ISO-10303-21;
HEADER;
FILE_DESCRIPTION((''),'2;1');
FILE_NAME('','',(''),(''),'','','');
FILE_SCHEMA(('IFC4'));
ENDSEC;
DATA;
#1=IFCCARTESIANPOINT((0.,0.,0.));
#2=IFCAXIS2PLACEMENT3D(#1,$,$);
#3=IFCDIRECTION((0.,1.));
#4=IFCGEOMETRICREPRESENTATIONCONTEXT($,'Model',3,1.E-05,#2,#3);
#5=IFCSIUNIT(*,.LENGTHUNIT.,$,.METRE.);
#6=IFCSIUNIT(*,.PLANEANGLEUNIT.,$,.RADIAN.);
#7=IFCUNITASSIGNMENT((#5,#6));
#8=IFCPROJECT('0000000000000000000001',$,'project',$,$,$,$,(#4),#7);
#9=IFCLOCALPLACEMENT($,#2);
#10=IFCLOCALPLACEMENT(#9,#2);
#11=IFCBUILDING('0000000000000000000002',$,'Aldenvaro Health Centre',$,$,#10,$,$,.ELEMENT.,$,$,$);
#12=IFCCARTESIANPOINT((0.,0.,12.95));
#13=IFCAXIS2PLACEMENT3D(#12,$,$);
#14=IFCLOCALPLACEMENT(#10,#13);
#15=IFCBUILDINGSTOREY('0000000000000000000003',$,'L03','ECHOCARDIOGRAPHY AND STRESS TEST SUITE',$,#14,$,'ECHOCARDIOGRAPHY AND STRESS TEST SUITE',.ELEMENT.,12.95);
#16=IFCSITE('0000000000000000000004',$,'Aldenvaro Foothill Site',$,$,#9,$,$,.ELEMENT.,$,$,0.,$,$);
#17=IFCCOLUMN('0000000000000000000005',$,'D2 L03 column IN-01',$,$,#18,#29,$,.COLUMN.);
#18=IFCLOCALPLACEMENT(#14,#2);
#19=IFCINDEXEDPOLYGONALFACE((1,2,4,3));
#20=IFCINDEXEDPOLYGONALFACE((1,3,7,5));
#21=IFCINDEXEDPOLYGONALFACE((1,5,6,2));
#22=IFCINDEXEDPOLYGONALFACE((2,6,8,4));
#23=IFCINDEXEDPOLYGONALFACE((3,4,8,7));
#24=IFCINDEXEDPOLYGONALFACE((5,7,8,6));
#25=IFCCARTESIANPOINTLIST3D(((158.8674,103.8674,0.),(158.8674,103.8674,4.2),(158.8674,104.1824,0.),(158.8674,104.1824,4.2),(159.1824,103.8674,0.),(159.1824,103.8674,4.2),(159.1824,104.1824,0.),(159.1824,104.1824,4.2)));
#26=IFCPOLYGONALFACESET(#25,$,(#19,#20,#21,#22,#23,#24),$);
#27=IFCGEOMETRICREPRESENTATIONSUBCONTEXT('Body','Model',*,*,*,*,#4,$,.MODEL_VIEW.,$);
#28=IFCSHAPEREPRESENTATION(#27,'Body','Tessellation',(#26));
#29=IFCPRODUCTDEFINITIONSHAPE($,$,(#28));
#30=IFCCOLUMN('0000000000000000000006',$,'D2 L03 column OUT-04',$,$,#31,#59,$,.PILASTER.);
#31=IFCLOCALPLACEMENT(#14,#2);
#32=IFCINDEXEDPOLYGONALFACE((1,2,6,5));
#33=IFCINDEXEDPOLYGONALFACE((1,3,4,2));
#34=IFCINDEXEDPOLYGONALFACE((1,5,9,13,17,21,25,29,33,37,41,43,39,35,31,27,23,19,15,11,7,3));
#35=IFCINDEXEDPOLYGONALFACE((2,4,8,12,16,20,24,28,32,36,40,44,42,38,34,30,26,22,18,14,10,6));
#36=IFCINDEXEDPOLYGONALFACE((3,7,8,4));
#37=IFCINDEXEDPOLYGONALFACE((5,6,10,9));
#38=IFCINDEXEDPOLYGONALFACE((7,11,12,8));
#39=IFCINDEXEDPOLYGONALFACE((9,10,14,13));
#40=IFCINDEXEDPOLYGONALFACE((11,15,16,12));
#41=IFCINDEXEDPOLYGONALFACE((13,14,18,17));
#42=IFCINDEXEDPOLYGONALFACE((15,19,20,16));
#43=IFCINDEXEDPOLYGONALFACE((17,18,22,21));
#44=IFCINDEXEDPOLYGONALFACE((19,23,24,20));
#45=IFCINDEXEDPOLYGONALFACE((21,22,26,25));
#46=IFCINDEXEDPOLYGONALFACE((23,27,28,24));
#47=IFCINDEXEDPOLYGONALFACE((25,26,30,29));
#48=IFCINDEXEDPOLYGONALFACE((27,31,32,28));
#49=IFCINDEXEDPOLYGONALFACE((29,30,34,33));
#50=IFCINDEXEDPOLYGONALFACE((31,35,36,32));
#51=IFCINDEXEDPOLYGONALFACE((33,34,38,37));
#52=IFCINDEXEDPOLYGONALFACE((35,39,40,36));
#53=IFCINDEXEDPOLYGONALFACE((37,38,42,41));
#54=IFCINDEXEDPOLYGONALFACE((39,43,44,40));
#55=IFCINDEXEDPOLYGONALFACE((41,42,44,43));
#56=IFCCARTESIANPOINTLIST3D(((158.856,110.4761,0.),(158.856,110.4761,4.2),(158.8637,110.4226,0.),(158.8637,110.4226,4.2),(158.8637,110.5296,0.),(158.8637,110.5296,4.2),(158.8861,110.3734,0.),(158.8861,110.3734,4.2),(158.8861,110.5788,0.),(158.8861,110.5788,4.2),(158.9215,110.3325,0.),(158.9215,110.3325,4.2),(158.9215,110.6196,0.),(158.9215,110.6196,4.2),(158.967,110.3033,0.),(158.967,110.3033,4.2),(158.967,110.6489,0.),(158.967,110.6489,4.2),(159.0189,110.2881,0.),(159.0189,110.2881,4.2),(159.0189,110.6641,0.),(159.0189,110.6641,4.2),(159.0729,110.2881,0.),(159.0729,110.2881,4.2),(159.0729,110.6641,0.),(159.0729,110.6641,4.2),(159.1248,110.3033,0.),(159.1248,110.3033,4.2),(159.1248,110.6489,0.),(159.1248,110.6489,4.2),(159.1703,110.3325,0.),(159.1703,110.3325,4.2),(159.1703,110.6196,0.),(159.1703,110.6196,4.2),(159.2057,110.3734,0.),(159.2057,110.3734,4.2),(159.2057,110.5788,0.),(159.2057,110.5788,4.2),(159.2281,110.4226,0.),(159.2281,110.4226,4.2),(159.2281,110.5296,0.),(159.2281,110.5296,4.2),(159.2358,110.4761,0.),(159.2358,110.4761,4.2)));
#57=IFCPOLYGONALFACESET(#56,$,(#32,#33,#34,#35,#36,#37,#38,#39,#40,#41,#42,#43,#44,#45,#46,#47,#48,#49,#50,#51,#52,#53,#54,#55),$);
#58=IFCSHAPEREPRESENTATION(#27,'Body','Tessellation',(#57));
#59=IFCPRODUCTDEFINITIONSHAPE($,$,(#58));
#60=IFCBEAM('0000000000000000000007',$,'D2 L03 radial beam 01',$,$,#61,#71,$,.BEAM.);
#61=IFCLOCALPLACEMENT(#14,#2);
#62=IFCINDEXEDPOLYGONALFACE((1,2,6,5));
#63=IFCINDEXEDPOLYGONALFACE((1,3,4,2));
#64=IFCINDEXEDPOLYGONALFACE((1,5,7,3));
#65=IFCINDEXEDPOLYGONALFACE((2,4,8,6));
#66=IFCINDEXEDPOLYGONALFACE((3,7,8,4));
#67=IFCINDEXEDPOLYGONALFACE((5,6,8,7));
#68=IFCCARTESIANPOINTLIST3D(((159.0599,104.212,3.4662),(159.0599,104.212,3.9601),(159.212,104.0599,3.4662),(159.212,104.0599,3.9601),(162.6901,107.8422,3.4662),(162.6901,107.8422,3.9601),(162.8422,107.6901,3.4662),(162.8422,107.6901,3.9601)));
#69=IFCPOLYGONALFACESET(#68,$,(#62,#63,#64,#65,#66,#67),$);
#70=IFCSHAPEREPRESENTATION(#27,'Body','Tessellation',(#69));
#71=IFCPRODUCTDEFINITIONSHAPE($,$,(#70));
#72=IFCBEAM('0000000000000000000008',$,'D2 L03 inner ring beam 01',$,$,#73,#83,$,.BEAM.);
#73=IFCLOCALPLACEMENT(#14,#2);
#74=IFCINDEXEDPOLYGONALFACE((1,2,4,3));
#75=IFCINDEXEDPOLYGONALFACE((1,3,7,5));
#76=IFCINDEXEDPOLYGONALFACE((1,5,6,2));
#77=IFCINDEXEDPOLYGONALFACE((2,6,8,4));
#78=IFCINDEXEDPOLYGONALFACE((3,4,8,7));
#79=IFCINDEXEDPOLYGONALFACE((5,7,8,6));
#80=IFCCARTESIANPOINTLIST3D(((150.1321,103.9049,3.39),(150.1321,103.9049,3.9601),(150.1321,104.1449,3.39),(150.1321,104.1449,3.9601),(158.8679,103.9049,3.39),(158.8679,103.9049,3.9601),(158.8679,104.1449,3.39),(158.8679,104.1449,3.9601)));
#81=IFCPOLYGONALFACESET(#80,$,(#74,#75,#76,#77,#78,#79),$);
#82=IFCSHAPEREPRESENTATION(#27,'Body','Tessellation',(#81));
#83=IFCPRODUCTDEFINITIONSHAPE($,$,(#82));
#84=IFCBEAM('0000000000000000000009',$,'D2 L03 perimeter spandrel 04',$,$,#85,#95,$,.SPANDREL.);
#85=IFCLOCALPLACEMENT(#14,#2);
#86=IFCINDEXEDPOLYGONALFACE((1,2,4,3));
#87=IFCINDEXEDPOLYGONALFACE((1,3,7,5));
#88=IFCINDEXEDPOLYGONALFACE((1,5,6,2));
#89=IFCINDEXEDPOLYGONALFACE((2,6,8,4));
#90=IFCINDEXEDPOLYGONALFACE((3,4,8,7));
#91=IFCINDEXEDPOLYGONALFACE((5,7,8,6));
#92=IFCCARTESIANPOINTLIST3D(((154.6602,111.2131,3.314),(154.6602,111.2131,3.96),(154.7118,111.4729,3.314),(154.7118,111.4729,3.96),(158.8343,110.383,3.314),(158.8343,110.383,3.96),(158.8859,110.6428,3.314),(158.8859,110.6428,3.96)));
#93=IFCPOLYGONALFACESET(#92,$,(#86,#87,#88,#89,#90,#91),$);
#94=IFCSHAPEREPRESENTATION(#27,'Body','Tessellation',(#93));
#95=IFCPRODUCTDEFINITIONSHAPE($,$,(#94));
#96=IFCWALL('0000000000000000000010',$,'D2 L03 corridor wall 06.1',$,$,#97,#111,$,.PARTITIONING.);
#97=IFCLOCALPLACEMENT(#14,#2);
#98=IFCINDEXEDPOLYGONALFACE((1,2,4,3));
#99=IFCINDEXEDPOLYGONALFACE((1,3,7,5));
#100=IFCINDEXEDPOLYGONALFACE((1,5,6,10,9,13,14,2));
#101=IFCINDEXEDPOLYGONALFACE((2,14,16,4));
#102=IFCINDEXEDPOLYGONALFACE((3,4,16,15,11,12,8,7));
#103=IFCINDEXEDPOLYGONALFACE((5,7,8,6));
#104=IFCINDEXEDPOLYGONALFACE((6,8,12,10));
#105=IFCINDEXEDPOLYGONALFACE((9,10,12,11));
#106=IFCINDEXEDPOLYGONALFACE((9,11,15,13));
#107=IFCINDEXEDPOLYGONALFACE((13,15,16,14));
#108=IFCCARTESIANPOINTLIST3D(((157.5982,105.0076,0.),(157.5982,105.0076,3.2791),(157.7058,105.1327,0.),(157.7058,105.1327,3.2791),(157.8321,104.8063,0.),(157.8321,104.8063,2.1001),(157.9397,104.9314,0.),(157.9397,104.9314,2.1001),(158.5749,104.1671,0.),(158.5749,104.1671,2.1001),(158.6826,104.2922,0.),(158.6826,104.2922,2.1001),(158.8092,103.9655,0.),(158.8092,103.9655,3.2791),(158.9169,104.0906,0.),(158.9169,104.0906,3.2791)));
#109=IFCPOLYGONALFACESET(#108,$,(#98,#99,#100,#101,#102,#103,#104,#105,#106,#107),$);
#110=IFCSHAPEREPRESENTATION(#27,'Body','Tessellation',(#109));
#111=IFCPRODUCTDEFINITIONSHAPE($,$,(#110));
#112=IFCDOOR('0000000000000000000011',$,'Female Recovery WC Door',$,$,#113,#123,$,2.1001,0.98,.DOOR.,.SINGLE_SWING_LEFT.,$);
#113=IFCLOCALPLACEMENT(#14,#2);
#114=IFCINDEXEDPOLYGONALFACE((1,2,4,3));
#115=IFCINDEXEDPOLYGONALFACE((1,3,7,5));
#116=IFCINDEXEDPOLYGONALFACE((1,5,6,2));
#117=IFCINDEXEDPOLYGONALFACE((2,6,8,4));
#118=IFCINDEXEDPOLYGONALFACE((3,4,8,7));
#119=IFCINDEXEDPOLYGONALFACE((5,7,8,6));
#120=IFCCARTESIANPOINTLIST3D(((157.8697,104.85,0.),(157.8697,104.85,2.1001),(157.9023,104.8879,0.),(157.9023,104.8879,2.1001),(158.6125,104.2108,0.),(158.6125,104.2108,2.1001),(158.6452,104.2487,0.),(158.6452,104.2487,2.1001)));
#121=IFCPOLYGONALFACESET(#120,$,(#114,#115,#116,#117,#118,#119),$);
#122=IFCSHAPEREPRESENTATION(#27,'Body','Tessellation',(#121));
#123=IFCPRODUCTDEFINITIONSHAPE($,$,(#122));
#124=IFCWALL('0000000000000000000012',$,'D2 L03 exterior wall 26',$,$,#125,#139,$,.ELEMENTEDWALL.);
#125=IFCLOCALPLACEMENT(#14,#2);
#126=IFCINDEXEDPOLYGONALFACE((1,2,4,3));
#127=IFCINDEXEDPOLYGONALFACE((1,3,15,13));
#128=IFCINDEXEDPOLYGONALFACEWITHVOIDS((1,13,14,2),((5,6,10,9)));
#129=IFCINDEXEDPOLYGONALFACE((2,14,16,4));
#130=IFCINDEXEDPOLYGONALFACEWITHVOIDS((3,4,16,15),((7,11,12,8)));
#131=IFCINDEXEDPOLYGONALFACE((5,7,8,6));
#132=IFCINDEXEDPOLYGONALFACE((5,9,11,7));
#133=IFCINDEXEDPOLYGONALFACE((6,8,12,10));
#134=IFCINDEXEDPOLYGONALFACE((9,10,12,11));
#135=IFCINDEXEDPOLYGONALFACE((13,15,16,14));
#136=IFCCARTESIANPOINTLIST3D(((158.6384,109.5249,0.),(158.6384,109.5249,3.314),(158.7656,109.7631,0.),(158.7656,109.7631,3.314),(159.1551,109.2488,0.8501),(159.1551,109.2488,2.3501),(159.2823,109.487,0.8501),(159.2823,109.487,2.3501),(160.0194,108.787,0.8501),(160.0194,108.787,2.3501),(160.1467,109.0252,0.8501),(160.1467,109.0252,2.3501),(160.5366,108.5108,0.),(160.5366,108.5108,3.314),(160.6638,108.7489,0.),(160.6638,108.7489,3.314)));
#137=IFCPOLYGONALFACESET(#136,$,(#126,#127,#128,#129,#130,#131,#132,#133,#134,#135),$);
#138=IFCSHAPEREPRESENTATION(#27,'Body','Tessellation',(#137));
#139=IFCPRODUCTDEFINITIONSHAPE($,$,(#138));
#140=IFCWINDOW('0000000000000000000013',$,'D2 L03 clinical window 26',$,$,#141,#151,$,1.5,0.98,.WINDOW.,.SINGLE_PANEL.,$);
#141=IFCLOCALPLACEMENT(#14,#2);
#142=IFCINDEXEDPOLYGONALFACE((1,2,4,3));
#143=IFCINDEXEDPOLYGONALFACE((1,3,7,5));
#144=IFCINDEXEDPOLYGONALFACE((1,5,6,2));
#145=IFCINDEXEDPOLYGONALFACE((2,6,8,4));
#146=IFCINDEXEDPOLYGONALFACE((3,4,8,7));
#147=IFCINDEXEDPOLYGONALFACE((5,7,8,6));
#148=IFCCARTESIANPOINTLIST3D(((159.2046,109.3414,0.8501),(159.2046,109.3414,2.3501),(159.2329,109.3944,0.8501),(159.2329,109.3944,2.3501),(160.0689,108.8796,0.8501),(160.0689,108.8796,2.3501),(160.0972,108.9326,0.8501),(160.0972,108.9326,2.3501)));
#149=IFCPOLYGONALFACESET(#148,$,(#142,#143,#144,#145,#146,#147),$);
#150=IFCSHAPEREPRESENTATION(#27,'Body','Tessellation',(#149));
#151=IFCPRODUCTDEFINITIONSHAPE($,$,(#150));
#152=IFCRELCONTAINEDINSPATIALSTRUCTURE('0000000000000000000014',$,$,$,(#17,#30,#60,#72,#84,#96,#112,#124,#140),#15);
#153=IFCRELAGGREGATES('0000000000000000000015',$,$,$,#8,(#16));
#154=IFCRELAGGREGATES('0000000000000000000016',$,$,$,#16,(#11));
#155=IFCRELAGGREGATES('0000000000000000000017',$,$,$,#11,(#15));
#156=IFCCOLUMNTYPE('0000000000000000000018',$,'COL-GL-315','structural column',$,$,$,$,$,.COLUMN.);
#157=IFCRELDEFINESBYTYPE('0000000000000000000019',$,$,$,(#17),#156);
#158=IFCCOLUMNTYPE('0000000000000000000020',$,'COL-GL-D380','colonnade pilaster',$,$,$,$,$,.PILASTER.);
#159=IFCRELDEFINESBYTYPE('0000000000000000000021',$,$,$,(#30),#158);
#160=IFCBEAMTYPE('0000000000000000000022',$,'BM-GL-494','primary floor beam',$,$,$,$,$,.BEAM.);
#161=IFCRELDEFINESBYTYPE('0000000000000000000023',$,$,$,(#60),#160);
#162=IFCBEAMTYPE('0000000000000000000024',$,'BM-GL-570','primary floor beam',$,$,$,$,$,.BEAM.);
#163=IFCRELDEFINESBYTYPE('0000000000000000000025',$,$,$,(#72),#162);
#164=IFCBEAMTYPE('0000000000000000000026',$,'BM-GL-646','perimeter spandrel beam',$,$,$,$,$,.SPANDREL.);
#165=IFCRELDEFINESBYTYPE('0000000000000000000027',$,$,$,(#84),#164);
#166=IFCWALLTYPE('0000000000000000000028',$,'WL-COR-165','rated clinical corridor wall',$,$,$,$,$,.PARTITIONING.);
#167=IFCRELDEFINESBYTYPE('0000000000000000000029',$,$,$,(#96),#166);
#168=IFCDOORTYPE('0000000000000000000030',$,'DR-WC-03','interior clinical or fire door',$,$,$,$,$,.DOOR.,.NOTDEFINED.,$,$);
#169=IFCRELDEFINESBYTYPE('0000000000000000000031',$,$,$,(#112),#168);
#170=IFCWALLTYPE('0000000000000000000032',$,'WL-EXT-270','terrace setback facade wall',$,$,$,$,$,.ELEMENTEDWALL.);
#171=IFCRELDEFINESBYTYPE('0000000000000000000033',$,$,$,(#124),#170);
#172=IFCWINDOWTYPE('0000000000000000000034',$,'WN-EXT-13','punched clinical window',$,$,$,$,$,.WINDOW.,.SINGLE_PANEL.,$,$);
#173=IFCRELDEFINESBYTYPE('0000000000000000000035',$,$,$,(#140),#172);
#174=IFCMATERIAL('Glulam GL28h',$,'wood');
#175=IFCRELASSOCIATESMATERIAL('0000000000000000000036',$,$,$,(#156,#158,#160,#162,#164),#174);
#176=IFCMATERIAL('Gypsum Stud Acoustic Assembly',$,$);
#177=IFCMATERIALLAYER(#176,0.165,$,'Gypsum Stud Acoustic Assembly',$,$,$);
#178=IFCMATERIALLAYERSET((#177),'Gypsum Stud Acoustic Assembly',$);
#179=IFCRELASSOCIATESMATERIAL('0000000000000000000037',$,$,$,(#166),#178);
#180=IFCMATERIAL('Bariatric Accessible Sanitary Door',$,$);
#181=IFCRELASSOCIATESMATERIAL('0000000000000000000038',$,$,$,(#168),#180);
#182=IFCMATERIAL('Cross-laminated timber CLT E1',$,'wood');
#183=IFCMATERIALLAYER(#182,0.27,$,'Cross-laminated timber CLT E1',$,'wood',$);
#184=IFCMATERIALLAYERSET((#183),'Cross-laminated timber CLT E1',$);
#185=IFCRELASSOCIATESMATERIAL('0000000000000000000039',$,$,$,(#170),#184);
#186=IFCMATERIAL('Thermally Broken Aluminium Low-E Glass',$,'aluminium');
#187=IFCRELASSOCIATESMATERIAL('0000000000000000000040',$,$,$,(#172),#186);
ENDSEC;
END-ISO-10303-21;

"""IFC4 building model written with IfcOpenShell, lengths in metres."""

from ifc_helpers import new_model, si_unit, direction, frame, frame_2d, origin, origin_2d, place, context, subcontext, project, spatial, rectangle, circle, extrude, material, layer, layer_set, material_profile, profile_set, type_object, element, fill, save


model = new_model("IFC4")

# Units and contexts
model_context = context("Model", 3, precision=1e-05, world=origin(), true_north=direction((0.0, 1.0)))
body_context = subcontext(model_context, "Body", "Model", "MODEL_VIEW")
ifc_project = project(units=[si_unit("LENGTHUNIT", "METRE"), si_unit("PLANEANGLEUNIT", "RADIAN")], contexts=[model_context])

# Site, building, storey
site_placement = place(None, origin())
site = spatial("IfcSite", under=ifc_project, at=site_placement, Name="Aldenvaro Foothill Site", CompositionType="ELEMENT", RefElevation=0.0)
building_placement = place(site_placement, origin())
building = spatial("IfcBuilding", under=site, at=building_placement, Name="Aldenvaro Health Centre", CompositionType="ELEMENT")
storey_placement = place(building_placement, frame((0.0, 0.0, 12.95)))
storey = spatial("IfcBuildingStorey", under=building, at=storey_placement, Name="L03", Description="ECHOCARDIOGRAPHY AND STRESS TEST SUITE", LongName="ECHOCARDIOGRAPHY AND STRESS TEST SUITE", CompositionType="ELEMENT", Elevation=12.95)

# Columns
ifc_material_1 = material(Name="Glulam GL28h", Category="wood")
ifc_material_profile_1 = material_profile(ifc_material_1, rectangle(XDim=0.3149, YDim=0.3149, at=origin_2d()), Name="GL 315x315", Category="wood")
ifc_profile_set_1 = profile_set([ifc_material_profile_1], Name="Glulam GL28h")
column_type_1 = type_object("IfcColumnType", Name="COL-GL-315", Description="structural column", PredefinedType="COLUMN", material=ifc_profile_set_1)
column_1_placement = place(storey_placement, frame((159.0249, 104.0249, 0.0), z_axis=(0.0, 0.0, 1.0), x_axis=(1.0, 0.0, 0.0)))
element("IfcColumn", 1, at=column_1_placement, inside=storey, type_object=column_type_1, Name="D2 L03 column IN-01", PredefinedType="COLUMN", context=body_context, shape_type="SweptSolid", body=[
    extrude(rectangle(XDim=0.3149, YDim=0.3149, at=origin_2d()), origin(), (0.0, 0.0, 1.0), 4.2),
])
ifc_material_profile_2 = material_profile(ifc_material_1, circle(Radius=0.1899, at=origin_2d()), Name="GL D380", Category="wood")
ifc_profile_set_2 = profile_set([ifc_material_profile_2], Name="Glulam GL28h")
column_type_2 = type_object("IfcColumnType", Name="COL-GL-D380", Description="colonnade pilaster", PredefinedType="PILASTER", material=ifc_profile_set_2)
column_2_placement = place(storey_placement, frame((159.0459, 110.4761, 0.0), z_axis=(0.0, 0.0, 1.0), x_axis=(1.0, 0.0, 0.0)))
element("IfcColumn", 2, at=column_2_placement, inside=storey, type_object=column_type_2, Name="D2 L03 column OUT-04", PredefinedType="PILASTER", context=body_context, shape_type="SweptSolid", body=[
    extrude(circle(Radius=0.1899, at=origin_2d()), origin(), (0.0, 0.0, 1.0), 4.2),
])

# Beams
ifc_material_profile_3 = material_profile(ifc_material_1, rectangle(XDim=0.2151, YDim=0.4939, at=origin_2d()), Name="GL 215x494", Category="wood")
ifc_profile_set_3 = profile_set([ifc_material_profile_3], Name="Glulam GL28h")
beam_type_1 = type_object("IfcBeamType", Name="BM-GL-494", Description="primary floor beam", PredefinedType="BEAM", material=ifc_profile_set_3)
beam_1_placement = place(storey_placement, frame((159.136, 104.136, 3.7131), z_axis=(0.707107, 0.707107, 0.0), x_axis=(-0.707107, 0.707107, 0.0)))
element("IfcBeam", 3, at=beam_1_placement, inside=storey, type_object=beam_type_1, Name="D2 L03 radial beam 01", PredefinedType="BEAM", context=body_context, shape_type="SweptSolid", body=[
    extrude(rectangle(XDim=0.2151, YDim=0.4939, at=origin_2d()), origin(), (0.0, 0.0, 1.0), 5.1338),
])
ifc_material_profile_4 = material_profile(ifc_material_1, rectangle(XDim=0.24, YDim=0.5701, at=origin_2d()), Name="GL 240x570", Category="wood")
ifc_profile_set_4 = profile_set([ifc_material_profile_4], Name="Glulam GL28h")
beam_type_2 = type_object("IfcBeamType", Name="BM-GL-570", Description="primary floor beam", PredefinedType="BEAM", material=ifc_profile_set_4)
beam_2_placement = place(storey_placement, frame((158.8679, 104.0249, 3.675), z_axis=(-1.0, 0.0, 0.0), x_axis=(0.0, -1.0, 0.0)))
element("IfcBeam", 4, at=beam_2_placement, inside=storey, type_object=beam_type_2, Name="D2 L03 inner ring beam 01", PredefinedType="BEAM", context=body_context, shape_type="SweptSolid", body=[
    extrude(rectangle(XDim=0.24, YDim=0.5701, at=origin_2d()), origin(), (0.0, 0.0, 1.0), 8.7358),
])
ifc_material_profile_5 = material_profile(ifc_material_1, rectangle(XDim=0.2649, YDim=0.646, at=origin_2d()), Name="GL 265x646", Category="wood")
ifc_profile_set_5 = profile_set([ifc_material_profile_5], Name="Glulam GL28h")
beam_type_3 = type_object("IfcBeamType", Name="BM-GL-646", Description="perimeter spandrel beam", PredefinedType="SPANDREL", material=ifc_profile_set_5)
beam_3_placement = place(storey_placement, frame((158.8601, 110.5129, 3.637), z_axis=(-0.980794, 0.195046, 0.0), x_axis=(-0.195046, -0.980794, 0.0)))
element("IfcBeam", 5, at=beam_3_placement, inside=storey, type_object=beam_type_3, Name="D2 L03 perimeter spandrel 04", PredefinedType="SPANDREL", context=body_context, shape_type="SweptSolid", body=[
    extrude(rectangle(XDim=0.2649, YDim=0.646, at=origin_2d()), origin(), (0.0, 0.0, 1.0), 4.2559),
])

# Wall, opening, door
ifc_material_2 = material(Name="Gypsum Stud Acoustic Assembly")
ifc_layer_1 = layer(ifc_material_2, 0.165, Name="Gypsum Stud Acoustic Assembly")
ifc_layer_set_1 = layer_set([ifc_layer_1], Name="Gypsum Stud Acoustic Assembly")
wall_type_1 = type_object("IfcWallType", Name="WL-COR-165", Description="rated clinical corridor wall", PredefinedType="PARTITIONING", material=ifc_layer_set_1)
wall_1_placement = place(storey_placement, frame((158.863, 104.0281, 0.0), z_axis=(0.0, 0.0, 1.0), x_axis=(-0.758004, 0.65225, 0.0)))
wall_1 = element("IfcWall", 6, at=wall_1_placement, inside=storey, type_object=wall_type_1, Name="D2 L03 corridor wall 06.1", PredefinedType="PARTITIONING", context=body_context, shape_type="SweptSolid", body=[
    extrude(rectangle(XDim=1.5977, YDim=0.165, at=frame_2d((0.7988, 0.0))), origin(), (0.0, 0.0, 1.0), 3.2791),
])
opening_1_placement = place(wall_1_placement, frame((0.3091, 0.0, 0.0)))
opening_1 = element("IfcOpeningElement", 7, at=opening_1_placement, cuts=wall_1, PredefinedType="OPENING", context=body_context, shape_type="SweptSolid", body=[
    extrude(rectangle(XDim=0.98, YDim=2.1001, at=frame_2d((0.49, 1.05))), frame((0.0, 0.0925, 0.0), z_axis=(0.0, -1.0, 0.0), x_axis=(1.0, 0.0, 0.0)), (0.0, 0.0, 1.0), 0.1851),
])
ifc_material_3 = material(Name="Bariatric Accessible Sanitary Door")
door_type = type_object("IfcDoorType", Name="DR-WC-03", Description="interior clinical or fire door", OperationType="NOTDEFINED", PredefinedType="DOOR", material=ifc_material_3)
door_placement = place(opening_1_placement, origin())
door = element("IfcDoor", 8, at=door_placement, inside=storey, type_object=door_type, Name="Female Recovery WC Door", OperationType="SINGLE_SWING_LEFT", OverallHeight=2.1001, OverallWidth=0.98, PredefinedType="DOOR", context=body_context, shape_type="SweptSolid", body=[
    extrude(rectangle(XDim=0.98, YDim=2.1001, at=frame_2d((0.49, 1.05))), frame((0.0, 0.0249, 0.0), z_axis=(0.0, -1.0, 0.0), x_axis=(1.0, 0.0, 0.0)), (0.0, 0.0, 1.0), 0.05),
])
fill(opening_1, door)

# Wall, opening, window
ifc_material_4 = material(Name="Cross-laminated timber CLT E1", Category="wood")
ifc_layer_2 = layer(ifc_material_4, 0.27, Name="Cross-laminated timber CLT E1", Category="wood")
ifc_layer_set_2 = layer_set([ifc_layer_2], Name="Cross-laminated timber CLT E1")
wall_type_2 = type_object("IfcWallType", Name="WL-EXT-270", Description="terrace setback facade wall", PredefinedType="ELEMENTEDWALL", material=ifc_layer_set_2)
wall_2_placement = place(storey_placement, frame((158.7019, 109.644, 0.0), z_axis=(0.0, 0.0, 1.0), x_axis=(0.882007, -0.471236, 0.0)))
wall_2 = element("IfcWall", 9, at=wall_2_placement, inside=storey, type_object=wall_type_2, Name="D2 L03 exterior wall 26", PredefinedType="ELEMENTEDWALL", context=body_context, shape_type="SweptSolid", body=[
    extrude(rectangle(XDim=2.1521, YDim=0.27, at=frame_2d((1.0762, 0.0))), origin(), (0.0, 0.0, 1.0), 3.314),
])
opening_2_placement = place(wall_2_placement, frame((0.5859, 0.0, 0.8501)))
opening_2 = element("IfcOpeningElement", 10, at=opening_2_placement, cuts=wall_2, PredefinedType="OPENING", context=body_context, shape_type="SweptSolid", body=[
    extrude(rectangle(XDim=0.98, YDim=1.5, at=frame_2d((0.49, 0.75))), frame((0.0, 0.145, 0.0), z_axis=(0.0, -1.0, 0.0), x_axis=(1.0, 0.0, 0.0)), (0.0, 0.0, 1.0), 0.29),
])
ifc_material_5 = material(Name="Thermally Broken Aluminium Low-E Glass", Category="aluminium")
window_type_1 = type_object("IfcWindowType", Name="WN-EXT-13", Description="punched clinical window", PartitioningType="SINGLE_PANEL", PredefinedType="WINDOW", material=ifc_material_5)
window_1_placement = place(opening_2_placement, origin())
window_1 = element("IfcWindow", 11, at=window_1_placement, inside=storey, type_object=window_type_1, Name="D2 L03 clinical window 26", OverallHeight=1.5, OverallWidth=0.98, PartitioningType="SINGLE_PANEL", PredefinedType="WINDOW", context=body_context, shape_type="SweptSolid", body=[
    extrude(rectangle(XDim=0.98, YDim=1.5, at=frame_2d((0.49, 0.75))), frame((0.0, 0.03, 0.0), z_axis=(0.0, -1.0, 0.0), x_axis=(1.0, 0.0, 0.0)), (0.0, 0.0, 1.0), 0.0601),
])
fill(opening_2, window_1)

save(model, "model.ifc")
